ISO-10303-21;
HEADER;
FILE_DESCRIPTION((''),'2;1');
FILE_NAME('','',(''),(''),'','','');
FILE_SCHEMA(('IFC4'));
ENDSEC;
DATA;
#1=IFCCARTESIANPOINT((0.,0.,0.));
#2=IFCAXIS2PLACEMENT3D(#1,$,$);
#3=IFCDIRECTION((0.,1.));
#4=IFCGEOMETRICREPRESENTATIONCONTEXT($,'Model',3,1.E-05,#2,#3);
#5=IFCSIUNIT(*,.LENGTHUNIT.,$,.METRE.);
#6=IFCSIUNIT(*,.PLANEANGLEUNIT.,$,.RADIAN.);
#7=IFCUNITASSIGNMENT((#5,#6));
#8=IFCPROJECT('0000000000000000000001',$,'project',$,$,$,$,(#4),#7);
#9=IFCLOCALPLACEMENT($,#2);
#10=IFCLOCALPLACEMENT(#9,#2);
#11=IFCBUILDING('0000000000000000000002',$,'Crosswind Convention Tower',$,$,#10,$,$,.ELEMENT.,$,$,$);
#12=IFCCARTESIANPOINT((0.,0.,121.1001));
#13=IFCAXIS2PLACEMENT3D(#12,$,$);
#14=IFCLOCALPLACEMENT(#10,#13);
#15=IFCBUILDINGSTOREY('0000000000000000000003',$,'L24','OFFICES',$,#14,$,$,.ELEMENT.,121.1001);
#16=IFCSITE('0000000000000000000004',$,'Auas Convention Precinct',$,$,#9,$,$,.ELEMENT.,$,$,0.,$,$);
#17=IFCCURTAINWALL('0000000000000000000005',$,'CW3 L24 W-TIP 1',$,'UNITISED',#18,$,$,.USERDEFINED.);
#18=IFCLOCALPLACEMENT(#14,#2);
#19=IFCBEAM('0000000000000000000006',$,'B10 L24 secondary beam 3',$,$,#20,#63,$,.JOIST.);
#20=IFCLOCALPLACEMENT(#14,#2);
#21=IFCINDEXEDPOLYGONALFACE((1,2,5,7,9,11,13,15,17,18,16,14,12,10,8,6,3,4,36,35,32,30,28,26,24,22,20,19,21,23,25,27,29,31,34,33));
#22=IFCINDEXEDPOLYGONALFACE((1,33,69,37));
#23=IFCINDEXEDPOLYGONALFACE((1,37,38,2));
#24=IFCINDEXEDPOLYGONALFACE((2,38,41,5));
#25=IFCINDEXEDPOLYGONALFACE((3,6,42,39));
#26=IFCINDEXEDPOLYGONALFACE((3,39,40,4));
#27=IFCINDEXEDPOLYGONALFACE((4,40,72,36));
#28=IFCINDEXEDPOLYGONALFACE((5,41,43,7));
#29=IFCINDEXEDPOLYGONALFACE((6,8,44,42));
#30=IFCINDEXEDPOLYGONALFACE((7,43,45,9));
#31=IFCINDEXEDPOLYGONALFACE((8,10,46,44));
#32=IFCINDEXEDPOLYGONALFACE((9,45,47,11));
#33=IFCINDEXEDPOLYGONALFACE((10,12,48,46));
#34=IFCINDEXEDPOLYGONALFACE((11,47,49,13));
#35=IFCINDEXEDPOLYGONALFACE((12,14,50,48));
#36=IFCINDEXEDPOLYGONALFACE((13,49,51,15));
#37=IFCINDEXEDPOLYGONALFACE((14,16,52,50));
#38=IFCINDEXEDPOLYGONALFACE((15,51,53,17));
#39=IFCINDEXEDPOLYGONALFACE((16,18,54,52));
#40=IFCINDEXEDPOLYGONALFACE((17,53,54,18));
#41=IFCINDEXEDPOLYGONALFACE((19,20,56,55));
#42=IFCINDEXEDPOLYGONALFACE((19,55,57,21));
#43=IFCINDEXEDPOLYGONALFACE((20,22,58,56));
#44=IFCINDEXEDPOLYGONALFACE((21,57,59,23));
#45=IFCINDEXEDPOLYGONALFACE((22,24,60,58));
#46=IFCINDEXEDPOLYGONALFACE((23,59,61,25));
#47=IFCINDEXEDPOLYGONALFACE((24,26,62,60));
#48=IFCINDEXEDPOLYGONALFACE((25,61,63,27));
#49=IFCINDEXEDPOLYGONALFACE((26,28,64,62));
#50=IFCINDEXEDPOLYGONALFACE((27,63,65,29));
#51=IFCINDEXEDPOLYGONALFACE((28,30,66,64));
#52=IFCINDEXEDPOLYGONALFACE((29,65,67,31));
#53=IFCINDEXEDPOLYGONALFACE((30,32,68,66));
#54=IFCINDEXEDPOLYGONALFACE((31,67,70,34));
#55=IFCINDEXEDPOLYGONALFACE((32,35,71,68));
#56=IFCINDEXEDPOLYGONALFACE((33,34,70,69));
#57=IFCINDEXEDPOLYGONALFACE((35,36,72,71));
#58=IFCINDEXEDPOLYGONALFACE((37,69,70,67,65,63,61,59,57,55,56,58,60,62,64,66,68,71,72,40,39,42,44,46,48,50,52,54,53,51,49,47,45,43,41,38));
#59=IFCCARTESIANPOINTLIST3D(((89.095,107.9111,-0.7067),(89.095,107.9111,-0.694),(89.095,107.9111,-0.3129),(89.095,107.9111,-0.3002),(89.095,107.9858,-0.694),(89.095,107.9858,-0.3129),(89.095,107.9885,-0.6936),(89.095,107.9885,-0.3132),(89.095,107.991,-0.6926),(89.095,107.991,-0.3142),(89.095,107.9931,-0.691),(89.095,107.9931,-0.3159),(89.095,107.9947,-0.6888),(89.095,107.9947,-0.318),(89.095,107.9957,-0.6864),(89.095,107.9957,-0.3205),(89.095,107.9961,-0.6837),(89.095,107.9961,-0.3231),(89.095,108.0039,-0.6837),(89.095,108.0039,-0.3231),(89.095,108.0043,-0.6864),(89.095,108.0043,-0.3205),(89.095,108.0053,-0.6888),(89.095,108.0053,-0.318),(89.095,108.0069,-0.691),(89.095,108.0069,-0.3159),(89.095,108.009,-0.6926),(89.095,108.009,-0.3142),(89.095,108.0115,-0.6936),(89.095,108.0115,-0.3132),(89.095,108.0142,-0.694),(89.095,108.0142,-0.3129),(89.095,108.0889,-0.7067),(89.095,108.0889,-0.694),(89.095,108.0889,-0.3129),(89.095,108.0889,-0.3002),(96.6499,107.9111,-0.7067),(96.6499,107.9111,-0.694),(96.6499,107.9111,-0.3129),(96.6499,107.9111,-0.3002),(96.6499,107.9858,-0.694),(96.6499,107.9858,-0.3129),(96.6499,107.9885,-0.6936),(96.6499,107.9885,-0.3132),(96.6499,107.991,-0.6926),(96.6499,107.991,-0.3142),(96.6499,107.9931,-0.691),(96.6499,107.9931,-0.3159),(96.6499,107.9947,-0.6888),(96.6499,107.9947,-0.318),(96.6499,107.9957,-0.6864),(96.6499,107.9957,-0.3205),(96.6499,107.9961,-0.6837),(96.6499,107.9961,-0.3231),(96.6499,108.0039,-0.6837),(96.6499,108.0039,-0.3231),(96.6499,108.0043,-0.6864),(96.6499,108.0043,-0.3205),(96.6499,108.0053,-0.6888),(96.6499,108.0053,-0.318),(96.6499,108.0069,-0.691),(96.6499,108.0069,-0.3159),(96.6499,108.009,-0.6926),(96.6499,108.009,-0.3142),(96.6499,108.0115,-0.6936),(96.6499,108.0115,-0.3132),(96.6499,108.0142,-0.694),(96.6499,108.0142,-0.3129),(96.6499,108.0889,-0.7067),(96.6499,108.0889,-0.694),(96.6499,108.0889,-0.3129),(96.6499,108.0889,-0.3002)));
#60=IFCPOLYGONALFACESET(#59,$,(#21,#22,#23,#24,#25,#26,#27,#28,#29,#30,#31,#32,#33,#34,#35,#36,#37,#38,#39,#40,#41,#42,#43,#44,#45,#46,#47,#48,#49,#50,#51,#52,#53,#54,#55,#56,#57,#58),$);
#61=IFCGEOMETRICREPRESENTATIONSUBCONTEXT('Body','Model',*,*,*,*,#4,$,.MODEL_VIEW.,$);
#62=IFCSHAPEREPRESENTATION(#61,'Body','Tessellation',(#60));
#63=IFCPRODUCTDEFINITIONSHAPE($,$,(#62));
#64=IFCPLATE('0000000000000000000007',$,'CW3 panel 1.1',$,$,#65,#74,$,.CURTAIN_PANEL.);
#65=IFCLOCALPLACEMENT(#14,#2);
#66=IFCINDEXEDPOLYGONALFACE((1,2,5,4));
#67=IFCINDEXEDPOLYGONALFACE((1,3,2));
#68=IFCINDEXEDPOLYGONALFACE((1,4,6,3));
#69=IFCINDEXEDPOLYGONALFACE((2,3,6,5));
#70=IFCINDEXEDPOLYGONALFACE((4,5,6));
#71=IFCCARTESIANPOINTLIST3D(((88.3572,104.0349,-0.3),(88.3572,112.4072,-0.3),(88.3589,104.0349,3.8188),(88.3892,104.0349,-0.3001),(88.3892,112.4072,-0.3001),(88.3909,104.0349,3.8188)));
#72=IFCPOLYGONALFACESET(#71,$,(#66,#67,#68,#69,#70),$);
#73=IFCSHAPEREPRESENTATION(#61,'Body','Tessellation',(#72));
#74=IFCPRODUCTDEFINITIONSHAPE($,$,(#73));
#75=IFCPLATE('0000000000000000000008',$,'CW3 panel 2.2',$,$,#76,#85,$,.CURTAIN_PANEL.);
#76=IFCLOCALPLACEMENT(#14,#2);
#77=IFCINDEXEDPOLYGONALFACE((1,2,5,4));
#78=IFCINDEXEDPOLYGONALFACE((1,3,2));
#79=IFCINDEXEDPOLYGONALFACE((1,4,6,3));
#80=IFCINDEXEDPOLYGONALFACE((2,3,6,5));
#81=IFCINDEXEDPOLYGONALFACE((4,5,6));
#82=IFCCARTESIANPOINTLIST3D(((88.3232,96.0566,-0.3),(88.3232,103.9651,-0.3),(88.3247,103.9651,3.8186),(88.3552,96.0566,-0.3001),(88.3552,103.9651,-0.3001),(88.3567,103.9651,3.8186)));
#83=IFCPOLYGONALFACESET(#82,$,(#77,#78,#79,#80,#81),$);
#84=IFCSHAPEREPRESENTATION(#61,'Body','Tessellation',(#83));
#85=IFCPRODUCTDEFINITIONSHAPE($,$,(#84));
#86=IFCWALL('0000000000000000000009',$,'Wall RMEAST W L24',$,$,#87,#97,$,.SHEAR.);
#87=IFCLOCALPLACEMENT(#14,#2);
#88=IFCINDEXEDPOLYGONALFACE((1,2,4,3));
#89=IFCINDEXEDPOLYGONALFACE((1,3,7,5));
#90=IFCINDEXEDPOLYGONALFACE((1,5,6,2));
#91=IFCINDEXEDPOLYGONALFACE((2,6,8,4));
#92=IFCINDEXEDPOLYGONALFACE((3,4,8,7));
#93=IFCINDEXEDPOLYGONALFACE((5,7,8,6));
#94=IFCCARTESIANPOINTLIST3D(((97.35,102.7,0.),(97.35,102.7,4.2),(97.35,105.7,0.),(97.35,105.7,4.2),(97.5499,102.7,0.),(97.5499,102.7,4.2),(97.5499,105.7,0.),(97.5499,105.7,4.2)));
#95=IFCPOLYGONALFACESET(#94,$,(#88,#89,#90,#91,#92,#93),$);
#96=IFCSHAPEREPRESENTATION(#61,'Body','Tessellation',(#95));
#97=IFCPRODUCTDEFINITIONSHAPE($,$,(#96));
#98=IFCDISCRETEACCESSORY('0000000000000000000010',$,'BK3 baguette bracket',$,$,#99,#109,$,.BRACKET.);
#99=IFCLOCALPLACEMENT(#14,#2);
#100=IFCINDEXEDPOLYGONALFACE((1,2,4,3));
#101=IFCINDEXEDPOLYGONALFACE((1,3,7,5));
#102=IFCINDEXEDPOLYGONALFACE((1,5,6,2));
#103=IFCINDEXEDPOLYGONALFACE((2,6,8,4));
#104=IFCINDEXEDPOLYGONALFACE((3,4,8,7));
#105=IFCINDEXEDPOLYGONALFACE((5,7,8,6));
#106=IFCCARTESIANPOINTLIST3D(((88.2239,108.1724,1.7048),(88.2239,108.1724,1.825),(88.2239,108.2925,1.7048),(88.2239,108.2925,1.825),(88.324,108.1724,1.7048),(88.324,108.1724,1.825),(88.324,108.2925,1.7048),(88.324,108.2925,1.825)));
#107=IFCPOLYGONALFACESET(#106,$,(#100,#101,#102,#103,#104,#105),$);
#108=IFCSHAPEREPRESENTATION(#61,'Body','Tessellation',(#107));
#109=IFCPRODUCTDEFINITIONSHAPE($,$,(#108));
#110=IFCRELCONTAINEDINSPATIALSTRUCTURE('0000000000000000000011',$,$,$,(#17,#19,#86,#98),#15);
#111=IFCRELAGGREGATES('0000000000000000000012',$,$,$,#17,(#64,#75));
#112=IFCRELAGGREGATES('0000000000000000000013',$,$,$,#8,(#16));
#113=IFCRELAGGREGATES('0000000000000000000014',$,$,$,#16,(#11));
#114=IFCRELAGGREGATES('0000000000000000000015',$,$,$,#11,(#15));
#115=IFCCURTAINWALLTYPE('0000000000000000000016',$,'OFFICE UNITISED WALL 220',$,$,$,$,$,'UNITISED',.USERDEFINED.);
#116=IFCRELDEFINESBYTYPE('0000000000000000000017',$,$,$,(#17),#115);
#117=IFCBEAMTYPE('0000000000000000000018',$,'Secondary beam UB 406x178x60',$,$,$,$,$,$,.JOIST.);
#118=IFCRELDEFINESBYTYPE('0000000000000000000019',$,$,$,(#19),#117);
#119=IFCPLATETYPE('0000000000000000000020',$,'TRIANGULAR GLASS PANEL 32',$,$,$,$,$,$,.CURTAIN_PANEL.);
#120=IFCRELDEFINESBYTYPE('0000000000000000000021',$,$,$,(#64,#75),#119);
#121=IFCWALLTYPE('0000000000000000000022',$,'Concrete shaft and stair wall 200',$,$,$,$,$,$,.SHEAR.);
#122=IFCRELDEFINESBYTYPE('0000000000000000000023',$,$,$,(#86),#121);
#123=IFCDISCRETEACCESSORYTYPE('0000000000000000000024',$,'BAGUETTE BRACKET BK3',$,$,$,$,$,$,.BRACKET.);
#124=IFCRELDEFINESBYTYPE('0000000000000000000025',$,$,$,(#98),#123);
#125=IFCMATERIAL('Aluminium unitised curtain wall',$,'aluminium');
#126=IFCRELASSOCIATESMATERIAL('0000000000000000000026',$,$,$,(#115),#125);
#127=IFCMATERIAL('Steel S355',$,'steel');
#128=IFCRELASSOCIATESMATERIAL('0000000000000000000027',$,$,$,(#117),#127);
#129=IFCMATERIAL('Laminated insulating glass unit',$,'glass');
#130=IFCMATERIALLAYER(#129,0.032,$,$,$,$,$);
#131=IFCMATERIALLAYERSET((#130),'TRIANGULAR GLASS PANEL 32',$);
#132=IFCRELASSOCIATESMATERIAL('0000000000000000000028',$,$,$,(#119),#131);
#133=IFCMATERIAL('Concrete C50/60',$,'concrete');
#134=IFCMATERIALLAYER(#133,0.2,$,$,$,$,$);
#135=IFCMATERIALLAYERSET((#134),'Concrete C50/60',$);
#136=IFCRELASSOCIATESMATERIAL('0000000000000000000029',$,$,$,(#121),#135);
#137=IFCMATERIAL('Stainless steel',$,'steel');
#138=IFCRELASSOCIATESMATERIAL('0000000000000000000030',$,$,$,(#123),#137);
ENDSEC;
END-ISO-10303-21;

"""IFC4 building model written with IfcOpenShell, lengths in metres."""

from ifc_helpers import new_model, si_unit, direction, frame, frame_2d, origin, origin_2d, place, context, subcontext, project, spatial, polyline, rectangle, i_section, outline, extrude, material, layer, layer_set, material_profile, profile_set, type_object, element, aggregate, save


model = new_model("IFC4")

# Units and contexts
model_context = context("Model", 3, precision=1e-05, world=origin(), true_north=direction((0.0, 1.0)))
body_context = subcontext(model_context, "Body", "Model", "MODEL_VIEW")
ifc_project = project(units=[si_unit("LENGTHUNIT", "METRE"), si_unit("PLANEANGLEUNIT", "RADIAN")], contexts=[model_context])

# Site, building, storey
site_placement = place(None, origin())
site = spatial("IfcSite", under=ifc_project, at=site_placement, Name="Auas Convention Precinct", CompositionType="ELEMENT", RefElevation=0.0)
building_placement = place(site_placement, origin())
building = spatial("IfcBuilding", under=site, at=building_placement, Name="Crosswind Convention Tower", CompositionType="ELEMENT")
storey_placement = place(building_placement, frame((0.0, 0.0, 121.1001)))
storey = spatial("IfcBuildingStorey", under=building, at=storey_placement, Name="L24", Description="OFFICES", CompositionType="ELEMENT", Elevation=121.1001)

# Shared definitions
ifc_material_1 = material(Name="Steel S355", Category="steel")

# Curtain wall
ifc_material_2 = material(Name="Aluminium unitised curtain wall", Category="aluminium")
curtain_wall_type = type_object("IfcCurtainWallType", Name="OFFICE UNITISED WALL 220", ElementType="UNITISED", PredefinedType="USERDEFINED", material=ifc_material_2)
curtain_wall_placement = place(storey_placement, origin())
curtain_wall = element("IfcCurtainWall", 1, at=curtain_wall_placement, inside=storey, type_object=curtain_wall_type, Name="CW3 L24 W-TIP 1", ObjectType="UNITISED", PredefinedType="USERDEFINED")

# Beam
ifc_material_profile_1 = material_profile(ifc_material_1, i_section(OverallWidth=0.1777, OverallDepth=0.4065, WebThickness=0.0078, FlangeThickness=0.0127, FilletRadius=0.0103, at=origin_2d()), Name="UB 406x178x60")
ifc_profile_set_1 = profile_set([ifc_material_profile_1], Name="Steel S355")
beam_type_1 = type_object("IfcBeamType", Name="Secondary beam UB 406x178x60", PredefinedType="JOIST", material=ifc_profile_set_1)
for number, where, z_axis, x_axis, name in (
    (2, (89.095, 108.0, -0.5034), (1.0, 0.0, 0.0), (0.0, 1.0, 0.0), "B10 L24 secondary beam 3"),
):
    element("IfcBeam", number, at=place(storey_placement, frame(where, z_axis=z_axis, x_axis=x_axis)), inside=storey, type_object=beam_type_1, Name=name, PredefinedType="JOIST", context=body_context, shape_type="SweptSolid", body=[
        extrude(i_section(OverallWidth=0.1777, OverallDepth=0.4065, WebThickness=0.0078, FlangeThickness=0.0127, FilletRadius=0.0103, at=origin_2d()), origin(), (0.0, 0.0, 1.0), 7.5549),
    ])

# Plates
ifc_material_3 = material(Name="Laminated insulating glass unit", Category="glass")
ifc_layer_1 = layer(ifc_material_3, 0.032)
ifc_layer_set_1 = layer_set([ifc_layer_1], Name="TRIANGULAR GLASS PANEL 32")
plate_type = type_object("IfcPlateType", Name="TRIANGULAR GLASS PANEL 32", PredefinedType="CURTAIN_PANEL", material=ifc_layer_set_1)
plate_1_placement = place(storey_placement, frame((88.3572, 104.0349, -0.3), z_axis=(-1.0, 0.0, 0.000415), x_axis=(0.000415, 0.0, 1.0)))
plate_1 = element("IfcPlate", 3, at=plate_1_placement, type_object=plate_type, Name="CW3 panel 1.1", PredefinedType="CURTAIN_PANEL", context=body_context, shape_type="SweptSolid", body=[
    extrude(outline(polyline([(0.0, 0.0), (4.1189, 0.0), (0.0, 8.3723), (0.0, 0.0)])), origin(), (0.0, 0.0, -1.0), 0.032),
])
plate_2_placement = place(storey_placement, frame((88.3232, 103.9651, -0.3), z_axis=(-1.0, 0.0, 0.000356), x_axis=(0.0, -1.0, 0.0)))
plate_2 = element("IfcPlate", 4, at=plate_2_placement, type_object=plate_type, Name="CW3 panel 2.2", PredefinedType="CURTAIN_PANEL", context=body_context, shape_type="SweptSolid", body=[
    extrude(outline(polyline([(0.0, 0.0), (7.9084, 0.0), (0.0, 4.1187), (0.0, 0.0)])), origin(), (0.0, 0.0, -1.0), 0.032),
])
aggregate(curtain_wall, [plate_1, plate_2])

# Wall
ifc_material_4 = material(Name="Concrete C50/60", Category="concrete")
ifc_layer_2 = layer(ifc_material_4, 0.2)
ifc_layer_set_2 = layer_set([ifc_layer_2], Name="Concrete C50/60")
wall_type = type_object("IfcWallType", Name="Concrete shaft and stair wall 200", PredefinedType="SHEAR", material=ifc_layer_set_2)
wall_placement = place(storey_placement, frame((97.45, 105.7, 0.0), z_axis=(0.0, 0.0, 1.0), x_axis=(0.0, -1.0, 0.0)))
element("IfcWall", 5, at=wall_placement, inside=storey, type_object=wall_type, Name="Wall RMEAST W L24", PredefinedType="SHEAR", context=body_context, shape_type="SweptSolid", body=[
    extrude(rectangle(XDim=3.0, YDim=0.2, at=frame_2d((1.5, 0.0))), origin(), (0.0, 0.0, 1.0), 4.2),
])

# Discrete accessory
ifc_material_5 = material(Name="Stainless steel", Category="steel")
discrete_accessory_type = type_object("IfcDiscreteAccessoryType", Name="BAGUETTE BRACKET BK3", PredefinedType="BRACKET", material=ifc_material_5)
discrete_accessory_placement = place(storey_placement, frame((88.2739, 108.2324, 1.7048), z_axis=(0.0, 0.0, 1.0), x_axis=(0.0, -1.0, 0.0)))
element("IfcDiscreteAccessory", 6, at=discrete_accessory_placement, inside=storey, type_object=discrete_accessory_type, Name="BK3 baguette bracket", PredefinedType="BRACKET", context=body_context, shape_type="SweptSolid", body=[
    extrude(rectangle(XDim=0.1201, YDim=0.1001, at=origin_2d()), origin(), (0.0, 0.0, 1.0), 0.1201),
])

save(model, "model.ifc")
